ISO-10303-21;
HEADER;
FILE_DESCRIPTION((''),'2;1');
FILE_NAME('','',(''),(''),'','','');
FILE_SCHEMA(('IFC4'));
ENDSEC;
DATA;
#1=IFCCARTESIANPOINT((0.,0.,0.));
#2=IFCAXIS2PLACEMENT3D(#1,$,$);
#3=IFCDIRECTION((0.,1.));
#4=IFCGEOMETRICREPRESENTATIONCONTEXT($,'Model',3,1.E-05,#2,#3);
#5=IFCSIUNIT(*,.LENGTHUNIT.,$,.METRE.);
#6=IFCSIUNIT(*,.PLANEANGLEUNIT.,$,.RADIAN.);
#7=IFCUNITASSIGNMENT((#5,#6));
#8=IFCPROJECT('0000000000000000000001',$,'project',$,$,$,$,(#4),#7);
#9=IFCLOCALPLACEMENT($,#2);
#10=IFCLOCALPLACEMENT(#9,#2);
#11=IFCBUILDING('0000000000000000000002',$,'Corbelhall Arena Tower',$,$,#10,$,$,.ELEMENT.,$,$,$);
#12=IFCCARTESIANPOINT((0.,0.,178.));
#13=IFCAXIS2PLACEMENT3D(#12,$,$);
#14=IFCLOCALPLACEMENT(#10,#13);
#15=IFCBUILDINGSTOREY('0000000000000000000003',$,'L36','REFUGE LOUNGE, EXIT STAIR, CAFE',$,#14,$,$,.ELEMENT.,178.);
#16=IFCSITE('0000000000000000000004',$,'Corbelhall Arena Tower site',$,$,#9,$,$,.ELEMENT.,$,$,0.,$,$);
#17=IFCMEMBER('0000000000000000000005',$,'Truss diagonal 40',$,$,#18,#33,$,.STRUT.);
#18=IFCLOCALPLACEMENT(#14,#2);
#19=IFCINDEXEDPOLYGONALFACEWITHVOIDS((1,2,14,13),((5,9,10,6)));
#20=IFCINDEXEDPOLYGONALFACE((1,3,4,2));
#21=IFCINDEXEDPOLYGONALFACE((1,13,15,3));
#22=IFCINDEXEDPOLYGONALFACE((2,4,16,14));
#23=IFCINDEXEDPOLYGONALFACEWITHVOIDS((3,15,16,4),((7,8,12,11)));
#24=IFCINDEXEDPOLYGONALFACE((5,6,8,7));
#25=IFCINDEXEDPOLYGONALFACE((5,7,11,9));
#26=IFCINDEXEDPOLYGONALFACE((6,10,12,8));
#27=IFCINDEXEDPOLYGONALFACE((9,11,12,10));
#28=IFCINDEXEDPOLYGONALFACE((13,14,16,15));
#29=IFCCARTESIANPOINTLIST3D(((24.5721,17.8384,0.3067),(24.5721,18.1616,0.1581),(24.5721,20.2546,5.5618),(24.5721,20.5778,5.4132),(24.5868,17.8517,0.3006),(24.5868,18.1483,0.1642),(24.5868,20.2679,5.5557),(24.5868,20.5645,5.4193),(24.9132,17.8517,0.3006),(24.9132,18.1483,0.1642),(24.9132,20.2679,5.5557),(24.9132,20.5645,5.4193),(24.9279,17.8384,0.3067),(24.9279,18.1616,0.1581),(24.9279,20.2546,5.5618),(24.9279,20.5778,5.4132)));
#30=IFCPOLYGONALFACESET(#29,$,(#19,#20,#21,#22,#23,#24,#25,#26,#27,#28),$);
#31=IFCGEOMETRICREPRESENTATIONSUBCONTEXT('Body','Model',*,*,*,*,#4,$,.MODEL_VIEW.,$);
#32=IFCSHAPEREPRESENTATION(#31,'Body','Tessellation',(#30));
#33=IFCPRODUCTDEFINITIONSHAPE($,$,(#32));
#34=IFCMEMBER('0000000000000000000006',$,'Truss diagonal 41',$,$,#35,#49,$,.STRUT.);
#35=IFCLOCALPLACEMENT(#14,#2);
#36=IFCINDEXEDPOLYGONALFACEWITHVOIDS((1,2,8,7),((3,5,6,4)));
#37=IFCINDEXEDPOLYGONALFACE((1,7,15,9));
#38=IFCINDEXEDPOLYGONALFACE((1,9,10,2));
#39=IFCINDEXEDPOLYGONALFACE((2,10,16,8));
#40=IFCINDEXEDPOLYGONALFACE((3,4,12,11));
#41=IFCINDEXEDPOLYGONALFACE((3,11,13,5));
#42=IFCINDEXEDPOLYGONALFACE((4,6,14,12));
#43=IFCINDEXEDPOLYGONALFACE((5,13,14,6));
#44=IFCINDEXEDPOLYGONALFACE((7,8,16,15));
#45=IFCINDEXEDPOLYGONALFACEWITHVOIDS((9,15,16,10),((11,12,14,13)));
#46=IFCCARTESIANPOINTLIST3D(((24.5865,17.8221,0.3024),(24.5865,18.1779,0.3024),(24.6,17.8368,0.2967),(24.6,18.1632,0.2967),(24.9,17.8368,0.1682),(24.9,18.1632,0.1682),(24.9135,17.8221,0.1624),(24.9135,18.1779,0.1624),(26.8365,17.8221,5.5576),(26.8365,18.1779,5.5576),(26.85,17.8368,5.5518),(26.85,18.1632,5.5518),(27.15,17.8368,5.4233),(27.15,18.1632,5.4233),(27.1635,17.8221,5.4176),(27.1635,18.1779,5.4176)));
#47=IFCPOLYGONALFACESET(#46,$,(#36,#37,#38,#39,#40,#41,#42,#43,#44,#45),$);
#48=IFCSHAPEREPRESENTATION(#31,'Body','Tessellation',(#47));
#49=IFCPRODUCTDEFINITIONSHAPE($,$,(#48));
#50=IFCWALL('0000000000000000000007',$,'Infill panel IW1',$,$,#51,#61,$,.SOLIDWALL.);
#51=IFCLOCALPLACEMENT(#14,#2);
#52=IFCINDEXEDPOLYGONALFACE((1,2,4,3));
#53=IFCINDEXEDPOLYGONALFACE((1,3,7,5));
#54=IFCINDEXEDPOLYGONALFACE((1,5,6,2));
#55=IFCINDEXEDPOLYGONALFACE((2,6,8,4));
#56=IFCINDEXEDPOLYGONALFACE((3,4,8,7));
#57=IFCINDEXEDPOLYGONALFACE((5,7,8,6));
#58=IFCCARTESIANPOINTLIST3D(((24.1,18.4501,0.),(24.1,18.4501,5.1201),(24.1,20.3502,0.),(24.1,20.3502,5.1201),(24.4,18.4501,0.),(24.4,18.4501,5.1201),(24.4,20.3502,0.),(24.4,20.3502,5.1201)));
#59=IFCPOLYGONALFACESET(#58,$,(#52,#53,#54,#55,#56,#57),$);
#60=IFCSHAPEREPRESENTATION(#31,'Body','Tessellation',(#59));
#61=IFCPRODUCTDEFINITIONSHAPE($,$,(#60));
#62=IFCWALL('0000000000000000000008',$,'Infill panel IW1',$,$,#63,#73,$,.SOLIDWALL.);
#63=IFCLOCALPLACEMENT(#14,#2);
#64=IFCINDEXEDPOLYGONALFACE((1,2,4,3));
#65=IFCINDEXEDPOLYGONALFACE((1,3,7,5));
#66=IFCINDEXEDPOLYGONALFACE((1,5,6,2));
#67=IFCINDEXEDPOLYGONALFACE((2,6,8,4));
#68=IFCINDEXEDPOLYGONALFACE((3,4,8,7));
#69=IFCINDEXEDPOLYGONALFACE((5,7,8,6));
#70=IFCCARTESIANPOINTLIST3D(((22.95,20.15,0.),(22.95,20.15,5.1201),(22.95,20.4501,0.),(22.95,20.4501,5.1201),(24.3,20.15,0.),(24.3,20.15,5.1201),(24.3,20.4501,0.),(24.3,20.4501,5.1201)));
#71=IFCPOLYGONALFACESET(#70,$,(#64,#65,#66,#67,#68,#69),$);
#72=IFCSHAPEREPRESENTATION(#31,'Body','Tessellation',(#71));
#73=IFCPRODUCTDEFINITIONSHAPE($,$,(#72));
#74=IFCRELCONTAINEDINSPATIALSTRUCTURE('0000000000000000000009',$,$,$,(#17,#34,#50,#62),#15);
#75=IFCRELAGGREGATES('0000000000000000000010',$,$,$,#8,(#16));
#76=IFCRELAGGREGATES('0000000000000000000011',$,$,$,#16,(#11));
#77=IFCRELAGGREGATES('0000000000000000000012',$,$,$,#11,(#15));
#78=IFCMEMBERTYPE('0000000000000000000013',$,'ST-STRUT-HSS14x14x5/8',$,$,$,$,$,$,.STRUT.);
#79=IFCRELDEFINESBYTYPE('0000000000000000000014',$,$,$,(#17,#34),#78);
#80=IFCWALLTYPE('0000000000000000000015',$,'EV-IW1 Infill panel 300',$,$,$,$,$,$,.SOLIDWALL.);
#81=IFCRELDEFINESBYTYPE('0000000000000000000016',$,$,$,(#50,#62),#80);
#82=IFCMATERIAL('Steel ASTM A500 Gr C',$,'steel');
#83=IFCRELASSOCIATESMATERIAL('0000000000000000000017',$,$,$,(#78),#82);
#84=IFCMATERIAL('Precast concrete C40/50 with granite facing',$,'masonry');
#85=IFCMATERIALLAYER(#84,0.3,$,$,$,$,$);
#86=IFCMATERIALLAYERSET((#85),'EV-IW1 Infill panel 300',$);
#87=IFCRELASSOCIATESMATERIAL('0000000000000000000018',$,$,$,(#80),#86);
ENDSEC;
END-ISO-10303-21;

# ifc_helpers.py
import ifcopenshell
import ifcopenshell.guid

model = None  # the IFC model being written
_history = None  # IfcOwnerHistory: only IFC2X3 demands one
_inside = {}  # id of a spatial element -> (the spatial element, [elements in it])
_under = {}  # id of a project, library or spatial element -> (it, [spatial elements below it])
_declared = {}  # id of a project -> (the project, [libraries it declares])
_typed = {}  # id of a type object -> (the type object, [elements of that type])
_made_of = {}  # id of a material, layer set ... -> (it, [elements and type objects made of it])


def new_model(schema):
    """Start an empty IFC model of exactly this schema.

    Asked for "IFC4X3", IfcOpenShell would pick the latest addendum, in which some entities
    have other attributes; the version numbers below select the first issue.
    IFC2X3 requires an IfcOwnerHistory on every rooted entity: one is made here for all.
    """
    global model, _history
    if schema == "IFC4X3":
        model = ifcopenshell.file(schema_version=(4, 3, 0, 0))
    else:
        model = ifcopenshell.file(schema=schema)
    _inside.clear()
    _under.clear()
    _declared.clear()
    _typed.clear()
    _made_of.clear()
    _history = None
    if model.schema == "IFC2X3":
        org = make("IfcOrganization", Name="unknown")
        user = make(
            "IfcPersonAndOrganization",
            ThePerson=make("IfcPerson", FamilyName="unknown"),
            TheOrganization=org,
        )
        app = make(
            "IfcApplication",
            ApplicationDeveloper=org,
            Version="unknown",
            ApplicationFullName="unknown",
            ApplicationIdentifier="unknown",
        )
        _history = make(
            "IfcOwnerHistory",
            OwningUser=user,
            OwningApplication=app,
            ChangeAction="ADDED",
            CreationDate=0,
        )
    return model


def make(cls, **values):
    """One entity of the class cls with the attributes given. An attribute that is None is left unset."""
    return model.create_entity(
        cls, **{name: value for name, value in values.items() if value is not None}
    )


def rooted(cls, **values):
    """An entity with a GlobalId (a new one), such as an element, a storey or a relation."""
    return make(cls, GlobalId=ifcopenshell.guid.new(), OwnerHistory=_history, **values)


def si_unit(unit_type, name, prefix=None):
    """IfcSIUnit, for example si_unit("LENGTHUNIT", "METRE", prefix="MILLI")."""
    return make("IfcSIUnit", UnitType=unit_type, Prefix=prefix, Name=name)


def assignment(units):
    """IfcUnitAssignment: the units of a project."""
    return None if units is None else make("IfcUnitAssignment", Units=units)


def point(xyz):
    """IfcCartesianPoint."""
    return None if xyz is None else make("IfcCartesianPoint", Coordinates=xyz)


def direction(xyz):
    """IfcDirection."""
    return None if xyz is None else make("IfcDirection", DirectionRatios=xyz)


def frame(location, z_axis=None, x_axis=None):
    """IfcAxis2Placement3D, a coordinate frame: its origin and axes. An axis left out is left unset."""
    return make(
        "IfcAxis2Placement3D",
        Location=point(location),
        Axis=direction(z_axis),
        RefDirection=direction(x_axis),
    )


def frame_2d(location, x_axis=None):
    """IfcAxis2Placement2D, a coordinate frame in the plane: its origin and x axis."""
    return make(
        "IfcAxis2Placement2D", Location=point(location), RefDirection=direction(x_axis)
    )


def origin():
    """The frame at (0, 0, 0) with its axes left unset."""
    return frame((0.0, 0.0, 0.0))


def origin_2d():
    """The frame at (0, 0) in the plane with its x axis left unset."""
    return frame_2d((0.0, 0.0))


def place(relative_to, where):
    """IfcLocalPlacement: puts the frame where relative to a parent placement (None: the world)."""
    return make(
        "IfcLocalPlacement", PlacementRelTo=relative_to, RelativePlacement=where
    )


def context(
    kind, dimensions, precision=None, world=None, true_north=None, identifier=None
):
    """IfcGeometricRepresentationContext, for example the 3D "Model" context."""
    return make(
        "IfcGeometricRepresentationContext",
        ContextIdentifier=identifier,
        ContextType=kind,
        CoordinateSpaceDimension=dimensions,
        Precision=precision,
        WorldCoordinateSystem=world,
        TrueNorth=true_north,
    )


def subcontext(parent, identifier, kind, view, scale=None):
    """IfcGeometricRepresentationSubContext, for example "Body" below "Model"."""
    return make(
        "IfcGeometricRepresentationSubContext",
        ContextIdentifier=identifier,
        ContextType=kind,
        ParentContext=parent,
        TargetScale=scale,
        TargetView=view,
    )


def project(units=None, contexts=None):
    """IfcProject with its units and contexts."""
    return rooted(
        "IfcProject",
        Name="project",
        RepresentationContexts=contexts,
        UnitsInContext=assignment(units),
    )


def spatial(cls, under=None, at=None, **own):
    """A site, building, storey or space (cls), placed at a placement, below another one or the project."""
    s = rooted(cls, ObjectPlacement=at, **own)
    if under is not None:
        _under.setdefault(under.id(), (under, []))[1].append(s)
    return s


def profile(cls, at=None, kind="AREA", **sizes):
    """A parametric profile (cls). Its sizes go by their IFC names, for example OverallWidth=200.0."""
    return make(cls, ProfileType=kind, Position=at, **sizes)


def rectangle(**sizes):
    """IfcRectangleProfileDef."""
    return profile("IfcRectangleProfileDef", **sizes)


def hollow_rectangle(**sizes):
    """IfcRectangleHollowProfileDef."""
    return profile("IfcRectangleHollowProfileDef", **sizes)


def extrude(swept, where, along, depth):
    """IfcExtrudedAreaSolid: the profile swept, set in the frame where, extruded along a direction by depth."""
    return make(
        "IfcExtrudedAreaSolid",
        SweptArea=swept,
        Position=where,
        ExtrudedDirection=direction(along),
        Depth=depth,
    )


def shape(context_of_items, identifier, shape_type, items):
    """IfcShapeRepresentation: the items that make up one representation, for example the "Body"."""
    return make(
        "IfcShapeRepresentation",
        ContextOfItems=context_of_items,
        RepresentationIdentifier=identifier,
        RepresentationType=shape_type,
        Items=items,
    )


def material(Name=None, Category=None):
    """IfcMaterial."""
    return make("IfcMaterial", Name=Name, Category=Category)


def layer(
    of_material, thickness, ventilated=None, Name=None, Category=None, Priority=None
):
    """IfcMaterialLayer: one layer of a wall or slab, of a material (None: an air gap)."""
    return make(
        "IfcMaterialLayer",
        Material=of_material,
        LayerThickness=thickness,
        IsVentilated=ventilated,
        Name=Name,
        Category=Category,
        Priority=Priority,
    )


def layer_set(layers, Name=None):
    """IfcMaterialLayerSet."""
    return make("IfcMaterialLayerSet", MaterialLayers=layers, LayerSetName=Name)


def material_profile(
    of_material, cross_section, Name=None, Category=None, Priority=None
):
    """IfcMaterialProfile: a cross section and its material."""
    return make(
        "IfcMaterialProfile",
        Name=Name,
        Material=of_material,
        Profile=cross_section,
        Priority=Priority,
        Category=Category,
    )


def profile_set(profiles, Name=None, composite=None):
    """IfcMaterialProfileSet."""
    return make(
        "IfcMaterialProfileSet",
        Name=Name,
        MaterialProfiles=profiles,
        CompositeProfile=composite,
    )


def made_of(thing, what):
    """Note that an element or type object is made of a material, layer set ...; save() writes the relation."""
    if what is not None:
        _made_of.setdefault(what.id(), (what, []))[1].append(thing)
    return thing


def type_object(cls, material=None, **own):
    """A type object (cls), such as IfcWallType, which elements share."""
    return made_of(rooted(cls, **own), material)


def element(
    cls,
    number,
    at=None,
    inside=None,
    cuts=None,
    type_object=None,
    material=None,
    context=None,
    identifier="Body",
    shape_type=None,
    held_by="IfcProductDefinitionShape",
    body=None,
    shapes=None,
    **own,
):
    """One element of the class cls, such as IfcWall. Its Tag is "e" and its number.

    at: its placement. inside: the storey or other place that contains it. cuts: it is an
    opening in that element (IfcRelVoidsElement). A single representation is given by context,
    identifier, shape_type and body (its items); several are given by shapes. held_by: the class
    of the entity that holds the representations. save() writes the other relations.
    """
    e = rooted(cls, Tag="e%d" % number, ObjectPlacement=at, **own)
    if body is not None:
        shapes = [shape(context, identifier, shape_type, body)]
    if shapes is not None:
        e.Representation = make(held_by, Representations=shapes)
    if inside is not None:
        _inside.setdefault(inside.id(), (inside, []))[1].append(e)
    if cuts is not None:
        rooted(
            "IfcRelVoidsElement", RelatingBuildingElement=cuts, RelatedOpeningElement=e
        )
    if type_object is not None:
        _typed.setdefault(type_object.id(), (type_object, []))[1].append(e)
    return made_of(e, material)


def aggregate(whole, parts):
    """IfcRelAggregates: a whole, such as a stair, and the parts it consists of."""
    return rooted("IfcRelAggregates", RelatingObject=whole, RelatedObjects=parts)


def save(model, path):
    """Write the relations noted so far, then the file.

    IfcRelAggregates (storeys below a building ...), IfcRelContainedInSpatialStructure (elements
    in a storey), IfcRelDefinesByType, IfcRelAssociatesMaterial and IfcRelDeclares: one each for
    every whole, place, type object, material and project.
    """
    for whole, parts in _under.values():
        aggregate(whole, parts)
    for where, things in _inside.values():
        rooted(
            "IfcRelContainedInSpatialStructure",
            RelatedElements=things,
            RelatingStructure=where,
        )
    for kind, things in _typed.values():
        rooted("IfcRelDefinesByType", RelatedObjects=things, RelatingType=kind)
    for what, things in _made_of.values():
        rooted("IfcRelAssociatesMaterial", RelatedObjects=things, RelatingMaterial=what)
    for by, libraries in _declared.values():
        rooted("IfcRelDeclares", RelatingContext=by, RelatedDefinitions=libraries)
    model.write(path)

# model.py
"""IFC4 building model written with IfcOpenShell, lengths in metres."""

from ifc_helpers import new_model, si_unit, direction, frame, frame_2d, origin, origin_2d, place, context, subcontext, project, spatial, rectangle, hollow_rectangle, extrude, material, layer, layer_set, material_profile, profile_set, type_object, element, save


model = new_model("IFC4")

# Units and contexts
model_context = context("Model", 3, precision=1e-05, world=origin(), true_north=direction((0.0, 1.0)))
body_context = subcontext(model_context, "Body", "Model", "MODEL_VIEW")
ifc_project = project(units=[si_unit("LENGTHUNIT", "METRE"), si_unit("PLANEANGLEUNIT", "RADIAN")], contexts=[model_context])

# Site, building, storey
site_placement = place(None, origin())
site = spatial("IfcSite", under=ifc_project, at=site_placement, Name="Corbelhall Arena Tower site", CompositionType="ELEMENT", RefElevation=0.0)
building_placement = place(site_placement, origin())
building = spatial("IfcBuilding", under=site, at=building_placement, Name="Corbelhall Arena Tower", CompositionType="ELEMENT")
storey_placement = place(building_placement, frame((0.0, 0.0, 178.0)))
storey = spatial("IfcBuildingStorey", under=building, at=storey_placement, Name="L36", Description="REFUGE LOUNGE, EXIT STAIR, CAFE", CompositionType="ELEMENT", Elevation=178.0)

# Members
ifc_material_1 = material(Name="Steel ASTM A500 Gr C", Category="steel")
ifc_material_profile_1 = material_profile(ifc_material_1, hollow_rectangle(XDim=0.3557, YDim=0.3557, WallThickness=0.0146, at=origin_2d()))
ifc_profile_set_1 = profile_set([ifc_material_profile_1], Name="Steel ASTM A500 Gr C")
member_type_1 = type_object("IfcMemberType", Name="ST-STRUT-HSS14x14x5/8", PredefinedType="STRUT", material=ifc_profile_set_1)
member_1_placement = place(storey_placement, frame((24.75, 18.0, 0.2324), z_axis=(0.0, 0.417749, 0.908563), x_axis=(-1.0, 0.0, 0.0)))
element("IfcMember", 1, at=member_1_placement, inside=storey, type_object=member_type_1, Name="Truss diagonal 40", PredefinedType="STRUT", context=body_context, shape_type="SweptSolid", body=[
    extrude(hollow_rectangle(XDim=0.3557, YDim=0.3557, WallThickness=0.0146, at=origin_2d()), origin(), (0.0, 0.0, 1.0), 5.7839),
])
member_2_placement = place(storey_placement, frame((24.75, 18.0, 0.2324), z_axis=(0.393595, 0.0, 0.919284), x_axis=(0.0, 1.0, 0.0)))
element("IfcMember", 2, at=member_2_placement, inside=storey, type_object=member_type_1, Name="Truss diagonal 41", PredefinedType="STRUT", context=body_context, shape_type="SweptSolid", body=[
    extrude(hollow_rectangle(XDim=0.3557, YDim=0.3557, WallThickness=0.0146, at=origin_2d()), origin(), (0.0, 0.0, 1.0), 5.7166),
])

# Walls
ifc_material_2 = material(Name="Precast concrete C40/50 with granite facing", Category="masonry")
ifc_layer = layer(ifc_material_2, 0.3)
ifc_layer_set = layer_set([ifc_layer], Name="EV-IW1 Infill panel 300")
wall_type = type_object("IfcWallType", Name="EV-IW1 Infill panel 300", PredefinedType="SOLIDWALL", material=ifc_layer_set)
wall_1_placement = place(storey_placement, frame((24.25, 18.45, 0.0), z_axis=(0.0, 0.0, 1.0), x_axis=(0.0, 1.0, 0.0)))
element("IfcWall", 3, at=wall_1_placement, inside=storey, type_object=wall_type, Name="Infill panel IW1", PredefinedType="SOLIDWALL", context=body_context, shape_type="SweptSolid", body=[
    extrude(rectangle(XDim=1.9001, YDim=0.3, at=frame_2d((0.9502, 0.0))), origin(), (0.0, 0.0, 1.0), 5.1201),
])
wall_2_placement = place(storey_placement, frame((24.3, 20.3, 0.0), z_axis=(0.0, 0.0, 1.0), x_axis=(-1.0, 0.0, 0.0)))
element("IfcWall", 4, at=wall_2_placement, inside=storey, type_object=wall_type, Name="Infill panel IW1", PredefinedType="SOLIDWALL", context=body_context, shape_type="SweptSolid", body=[
    extrude(rectangle(XDim=1.3501, YDim=0.3, at=frame_2d((0.675, 0.0))), origin(), (0.0, 0.0, 1.0), 5.1201),
])

save(model, "model.ifc")
